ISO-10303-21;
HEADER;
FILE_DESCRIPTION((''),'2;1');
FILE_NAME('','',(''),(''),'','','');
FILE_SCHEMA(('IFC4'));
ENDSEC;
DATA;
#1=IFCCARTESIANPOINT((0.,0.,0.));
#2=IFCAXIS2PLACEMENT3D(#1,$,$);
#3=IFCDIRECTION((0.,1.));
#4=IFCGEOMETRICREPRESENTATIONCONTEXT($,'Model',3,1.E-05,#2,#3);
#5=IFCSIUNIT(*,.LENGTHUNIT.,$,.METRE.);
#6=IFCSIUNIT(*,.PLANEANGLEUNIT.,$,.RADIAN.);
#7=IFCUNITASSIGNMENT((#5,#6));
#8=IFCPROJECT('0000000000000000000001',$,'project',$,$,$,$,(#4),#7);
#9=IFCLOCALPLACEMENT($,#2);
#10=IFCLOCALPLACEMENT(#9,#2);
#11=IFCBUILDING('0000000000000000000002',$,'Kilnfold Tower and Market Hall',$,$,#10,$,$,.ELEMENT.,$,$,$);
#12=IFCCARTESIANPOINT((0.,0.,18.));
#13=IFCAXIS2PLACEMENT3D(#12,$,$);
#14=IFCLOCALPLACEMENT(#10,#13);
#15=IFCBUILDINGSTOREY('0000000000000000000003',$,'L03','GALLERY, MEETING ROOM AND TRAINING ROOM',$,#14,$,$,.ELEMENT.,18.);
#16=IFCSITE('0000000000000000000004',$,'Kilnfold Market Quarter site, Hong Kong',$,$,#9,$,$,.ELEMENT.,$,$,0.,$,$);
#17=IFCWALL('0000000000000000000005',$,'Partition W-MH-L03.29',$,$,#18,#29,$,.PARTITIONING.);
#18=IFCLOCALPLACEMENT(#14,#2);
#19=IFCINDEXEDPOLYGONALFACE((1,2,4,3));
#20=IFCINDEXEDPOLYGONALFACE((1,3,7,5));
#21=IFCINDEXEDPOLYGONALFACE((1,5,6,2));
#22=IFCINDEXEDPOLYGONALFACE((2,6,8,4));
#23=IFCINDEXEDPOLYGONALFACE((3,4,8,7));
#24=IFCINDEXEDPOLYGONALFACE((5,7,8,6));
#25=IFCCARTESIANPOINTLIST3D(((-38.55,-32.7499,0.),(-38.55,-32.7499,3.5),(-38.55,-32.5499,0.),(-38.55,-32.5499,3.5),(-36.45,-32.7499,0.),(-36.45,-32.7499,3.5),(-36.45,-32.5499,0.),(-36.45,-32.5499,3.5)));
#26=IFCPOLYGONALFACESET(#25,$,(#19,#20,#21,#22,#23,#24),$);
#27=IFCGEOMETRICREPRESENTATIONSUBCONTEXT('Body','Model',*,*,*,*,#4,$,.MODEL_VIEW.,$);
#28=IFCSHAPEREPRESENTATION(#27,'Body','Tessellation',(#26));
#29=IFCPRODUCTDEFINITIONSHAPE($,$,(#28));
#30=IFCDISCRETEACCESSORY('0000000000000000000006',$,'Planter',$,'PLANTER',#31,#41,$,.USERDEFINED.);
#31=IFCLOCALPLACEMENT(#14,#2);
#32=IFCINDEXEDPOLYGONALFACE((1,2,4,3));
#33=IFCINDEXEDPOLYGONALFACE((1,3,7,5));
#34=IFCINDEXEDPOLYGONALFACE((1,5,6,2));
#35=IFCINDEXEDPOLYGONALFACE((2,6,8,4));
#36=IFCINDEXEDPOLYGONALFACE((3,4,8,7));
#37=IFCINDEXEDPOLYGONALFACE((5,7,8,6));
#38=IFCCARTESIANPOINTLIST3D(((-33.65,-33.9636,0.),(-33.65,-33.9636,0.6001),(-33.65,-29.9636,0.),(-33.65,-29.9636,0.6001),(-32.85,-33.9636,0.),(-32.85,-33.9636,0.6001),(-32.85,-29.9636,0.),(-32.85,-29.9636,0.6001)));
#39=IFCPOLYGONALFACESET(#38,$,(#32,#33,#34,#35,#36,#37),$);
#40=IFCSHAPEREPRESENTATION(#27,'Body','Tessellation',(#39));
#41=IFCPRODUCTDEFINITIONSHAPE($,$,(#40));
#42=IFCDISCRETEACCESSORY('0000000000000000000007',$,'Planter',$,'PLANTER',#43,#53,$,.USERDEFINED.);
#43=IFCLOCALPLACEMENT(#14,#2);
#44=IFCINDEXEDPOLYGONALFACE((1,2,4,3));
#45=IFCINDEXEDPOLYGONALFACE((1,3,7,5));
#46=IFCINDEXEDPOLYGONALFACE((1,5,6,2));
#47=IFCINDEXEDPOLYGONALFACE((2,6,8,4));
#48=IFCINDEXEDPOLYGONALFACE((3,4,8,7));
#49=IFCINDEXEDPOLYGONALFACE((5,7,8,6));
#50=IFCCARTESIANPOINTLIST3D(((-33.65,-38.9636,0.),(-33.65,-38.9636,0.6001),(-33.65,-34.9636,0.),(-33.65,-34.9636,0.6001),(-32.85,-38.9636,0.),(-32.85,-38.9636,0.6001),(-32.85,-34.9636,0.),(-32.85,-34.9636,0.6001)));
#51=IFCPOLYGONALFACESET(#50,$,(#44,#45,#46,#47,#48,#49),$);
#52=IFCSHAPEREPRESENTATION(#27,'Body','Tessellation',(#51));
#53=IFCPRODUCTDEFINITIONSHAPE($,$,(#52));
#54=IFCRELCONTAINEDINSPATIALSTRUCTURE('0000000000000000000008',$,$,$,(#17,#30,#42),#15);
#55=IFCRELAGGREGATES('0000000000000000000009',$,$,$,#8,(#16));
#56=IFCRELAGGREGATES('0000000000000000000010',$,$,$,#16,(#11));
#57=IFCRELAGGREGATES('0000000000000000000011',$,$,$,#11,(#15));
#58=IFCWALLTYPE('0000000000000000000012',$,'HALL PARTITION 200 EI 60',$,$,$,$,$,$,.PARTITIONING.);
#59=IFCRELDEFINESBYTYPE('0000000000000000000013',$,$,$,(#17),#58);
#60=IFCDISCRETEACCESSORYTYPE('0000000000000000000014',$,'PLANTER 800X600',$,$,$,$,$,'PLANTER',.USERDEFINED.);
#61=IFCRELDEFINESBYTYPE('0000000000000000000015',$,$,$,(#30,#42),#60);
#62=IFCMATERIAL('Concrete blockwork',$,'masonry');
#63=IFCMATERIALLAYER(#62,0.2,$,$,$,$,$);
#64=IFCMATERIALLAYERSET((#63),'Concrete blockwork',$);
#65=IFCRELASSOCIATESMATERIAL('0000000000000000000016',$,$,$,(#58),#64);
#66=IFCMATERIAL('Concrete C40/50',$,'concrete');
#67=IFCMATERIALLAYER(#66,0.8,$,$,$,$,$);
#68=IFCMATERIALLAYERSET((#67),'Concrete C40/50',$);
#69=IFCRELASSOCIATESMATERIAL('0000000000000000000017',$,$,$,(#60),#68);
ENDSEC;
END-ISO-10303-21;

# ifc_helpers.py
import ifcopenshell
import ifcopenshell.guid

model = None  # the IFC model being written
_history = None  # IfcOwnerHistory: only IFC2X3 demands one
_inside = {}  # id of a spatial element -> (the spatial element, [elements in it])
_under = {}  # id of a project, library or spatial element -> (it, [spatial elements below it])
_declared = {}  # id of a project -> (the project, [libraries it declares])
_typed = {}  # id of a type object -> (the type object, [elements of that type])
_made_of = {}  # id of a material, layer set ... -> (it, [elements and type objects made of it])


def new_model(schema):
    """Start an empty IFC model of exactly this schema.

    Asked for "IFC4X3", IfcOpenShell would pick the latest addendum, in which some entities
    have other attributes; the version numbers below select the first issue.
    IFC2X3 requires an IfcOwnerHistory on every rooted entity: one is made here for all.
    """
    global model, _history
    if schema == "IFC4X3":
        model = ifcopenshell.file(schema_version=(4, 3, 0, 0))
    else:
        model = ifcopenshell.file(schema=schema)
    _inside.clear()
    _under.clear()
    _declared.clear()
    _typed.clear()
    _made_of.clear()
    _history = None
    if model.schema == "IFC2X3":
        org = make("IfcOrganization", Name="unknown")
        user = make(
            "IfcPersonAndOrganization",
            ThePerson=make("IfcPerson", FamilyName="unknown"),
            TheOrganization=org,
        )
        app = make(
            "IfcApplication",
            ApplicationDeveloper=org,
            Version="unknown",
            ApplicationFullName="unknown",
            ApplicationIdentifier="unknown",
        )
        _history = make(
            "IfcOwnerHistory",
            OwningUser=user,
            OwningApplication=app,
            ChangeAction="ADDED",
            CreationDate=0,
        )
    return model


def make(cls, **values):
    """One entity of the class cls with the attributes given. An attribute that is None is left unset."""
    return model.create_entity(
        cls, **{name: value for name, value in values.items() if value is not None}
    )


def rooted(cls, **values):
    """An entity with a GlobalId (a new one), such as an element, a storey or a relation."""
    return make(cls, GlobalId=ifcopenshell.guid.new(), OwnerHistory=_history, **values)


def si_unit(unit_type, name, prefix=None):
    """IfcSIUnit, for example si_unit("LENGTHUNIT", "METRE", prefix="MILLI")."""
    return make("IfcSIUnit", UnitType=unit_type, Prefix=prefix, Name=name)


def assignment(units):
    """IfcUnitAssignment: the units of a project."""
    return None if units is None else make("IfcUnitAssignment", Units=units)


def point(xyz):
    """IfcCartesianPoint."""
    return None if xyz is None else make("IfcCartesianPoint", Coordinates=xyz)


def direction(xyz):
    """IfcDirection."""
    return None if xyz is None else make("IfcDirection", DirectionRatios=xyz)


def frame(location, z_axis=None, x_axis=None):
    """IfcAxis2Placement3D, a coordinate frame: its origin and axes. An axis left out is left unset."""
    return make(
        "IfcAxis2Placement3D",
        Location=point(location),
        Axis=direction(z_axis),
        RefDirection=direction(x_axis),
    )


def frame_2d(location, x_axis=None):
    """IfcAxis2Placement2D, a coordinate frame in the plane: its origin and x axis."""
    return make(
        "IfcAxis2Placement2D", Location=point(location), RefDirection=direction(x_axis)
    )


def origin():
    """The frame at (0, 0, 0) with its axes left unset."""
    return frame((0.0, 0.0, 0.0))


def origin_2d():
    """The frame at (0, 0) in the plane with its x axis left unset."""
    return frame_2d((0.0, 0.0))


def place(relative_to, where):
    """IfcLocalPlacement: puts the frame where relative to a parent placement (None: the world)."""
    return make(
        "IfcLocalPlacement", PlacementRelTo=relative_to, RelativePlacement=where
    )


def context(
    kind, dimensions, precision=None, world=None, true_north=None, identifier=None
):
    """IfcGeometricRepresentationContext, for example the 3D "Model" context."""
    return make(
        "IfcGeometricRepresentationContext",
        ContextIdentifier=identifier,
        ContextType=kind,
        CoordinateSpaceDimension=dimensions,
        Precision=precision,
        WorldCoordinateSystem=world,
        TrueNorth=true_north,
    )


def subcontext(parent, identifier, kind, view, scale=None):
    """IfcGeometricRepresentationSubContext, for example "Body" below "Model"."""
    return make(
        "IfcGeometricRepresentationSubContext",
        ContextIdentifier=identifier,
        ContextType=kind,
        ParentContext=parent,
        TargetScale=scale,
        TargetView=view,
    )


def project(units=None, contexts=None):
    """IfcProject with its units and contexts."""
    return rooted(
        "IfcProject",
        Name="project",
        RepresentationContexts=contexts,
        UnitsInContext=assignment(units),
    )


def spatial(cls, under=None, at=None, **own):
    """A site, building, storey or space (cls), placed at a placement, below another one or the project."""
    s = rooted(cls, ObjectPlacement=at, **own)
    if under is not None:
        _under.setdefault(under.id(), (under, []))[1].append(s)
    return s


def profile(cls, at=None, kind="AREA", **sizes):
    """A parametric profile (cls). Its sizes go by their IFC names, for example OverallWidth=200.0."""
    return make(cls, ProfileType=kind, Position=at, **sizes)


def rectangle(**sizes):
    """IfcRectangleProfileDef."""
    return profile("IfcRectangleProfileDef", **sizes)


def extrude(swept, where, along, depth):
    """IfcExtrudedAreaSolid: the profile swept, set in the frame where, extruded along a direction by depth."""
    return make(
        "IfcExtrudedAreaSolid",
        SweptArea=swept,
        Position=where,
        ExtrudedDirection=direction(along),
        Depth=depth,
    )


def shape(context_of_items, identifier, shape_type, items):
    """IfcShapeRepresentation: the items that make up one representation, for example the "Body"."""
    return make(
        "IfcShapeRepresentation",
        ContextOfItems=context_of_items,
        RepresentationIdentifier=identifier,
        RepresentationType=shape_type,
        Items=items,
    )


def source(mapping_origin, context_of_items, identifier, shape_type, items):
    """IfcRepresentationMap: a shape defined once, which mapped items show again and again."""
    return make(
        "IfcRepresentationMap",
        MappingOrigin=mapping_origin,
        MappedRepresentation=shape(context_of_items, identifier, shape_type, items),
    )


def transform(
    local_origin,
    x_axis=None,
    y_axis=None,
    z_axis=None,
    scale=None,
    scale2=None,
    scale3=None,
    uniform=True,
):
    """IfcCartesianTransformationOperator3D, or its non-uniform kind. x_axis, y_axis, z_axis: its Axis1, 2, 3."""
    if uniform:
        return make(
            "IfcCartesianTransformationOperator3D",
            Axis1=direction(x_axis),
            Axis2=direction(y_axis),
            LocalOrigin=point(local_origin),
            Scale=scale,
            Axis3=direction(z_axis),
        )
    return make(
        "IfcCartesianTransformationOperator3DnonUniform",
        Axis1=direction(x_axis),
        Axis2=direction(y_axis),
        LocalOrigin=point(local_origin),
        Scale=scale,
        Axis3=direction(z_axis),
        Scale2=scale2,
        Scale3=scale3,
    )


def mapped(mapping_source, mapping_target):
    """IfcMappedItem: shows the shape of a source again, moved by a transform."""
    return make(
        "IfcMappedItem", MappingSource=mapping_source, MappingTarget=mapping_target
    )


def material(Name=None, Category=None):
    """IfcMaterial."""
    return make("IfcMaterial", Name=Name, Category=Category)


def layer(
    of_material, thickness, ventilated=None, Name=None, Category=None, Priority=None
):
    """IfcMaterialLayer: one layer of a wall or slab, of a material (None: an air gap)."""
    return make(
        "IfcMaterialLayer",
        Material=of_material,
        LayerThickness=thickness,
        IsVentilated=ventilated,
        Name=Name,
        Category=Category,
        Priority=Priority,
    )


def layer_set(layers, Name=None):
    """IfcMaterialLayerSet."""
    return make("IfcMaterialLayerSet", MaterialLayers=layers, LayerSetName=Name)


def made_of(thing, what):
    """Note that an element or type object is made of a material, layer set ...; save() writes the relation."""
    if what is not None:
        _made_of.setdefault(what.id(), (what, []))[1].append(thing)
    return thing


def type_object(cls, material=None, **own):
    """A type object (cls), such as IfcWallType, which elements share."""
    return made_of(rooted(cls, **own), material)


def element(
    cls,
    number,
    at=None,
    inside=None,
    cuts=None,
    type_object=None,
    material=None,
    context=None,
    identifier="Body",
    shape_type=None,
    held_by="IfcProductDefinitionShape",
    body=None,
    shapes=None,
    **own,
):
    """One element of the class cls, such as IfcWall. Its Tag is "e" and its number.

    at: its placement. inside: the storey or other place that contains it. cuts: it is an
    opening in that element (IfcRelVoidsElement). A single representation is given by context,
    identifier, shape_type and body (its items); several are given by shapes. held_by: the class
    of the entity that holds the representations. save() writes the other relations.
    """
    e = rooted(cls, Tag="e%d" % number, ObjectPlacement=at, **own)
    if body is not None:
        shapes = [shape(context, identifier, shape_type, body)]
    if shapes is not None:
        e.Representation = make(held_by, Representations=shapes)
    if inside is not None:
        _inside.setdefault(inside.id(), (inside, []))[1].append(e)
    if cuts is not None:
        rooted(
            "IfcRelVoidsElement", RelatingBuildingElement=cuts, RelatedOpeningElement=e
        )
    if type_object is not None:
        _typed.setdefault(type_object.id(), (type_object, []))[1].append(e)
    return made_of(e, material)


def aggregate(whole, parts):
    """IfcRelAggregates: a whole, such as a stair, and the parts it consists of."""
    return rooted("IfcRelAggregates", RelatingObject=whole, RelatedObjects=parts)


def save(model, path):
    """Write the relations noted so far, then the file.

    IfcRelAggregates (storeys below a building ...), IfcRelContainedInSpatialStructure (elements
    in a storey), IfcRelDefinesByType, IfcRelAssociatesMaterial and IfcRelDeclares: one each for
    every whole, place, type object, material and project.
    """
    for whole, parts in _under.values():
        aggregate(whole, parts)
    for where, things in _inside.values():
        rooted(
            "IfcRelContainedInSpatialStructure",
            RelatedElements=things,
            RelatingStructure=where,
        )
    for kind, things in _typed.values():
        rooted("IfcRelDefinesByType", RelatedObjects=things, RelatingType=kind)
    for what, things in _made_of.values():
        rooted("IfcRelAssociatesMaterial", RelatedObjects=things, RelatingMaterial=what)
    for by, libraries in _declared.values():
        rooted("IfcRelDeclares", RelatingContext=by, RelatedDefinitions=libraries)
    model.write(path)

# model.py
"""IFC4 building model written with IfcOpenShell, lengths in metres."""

from ifc_helpers import new_model, si_unit, direction, frame, frame_2d, origin, origin_2d, place, context, subcontext, project, spatial, rectangle, extrude, source, transform, mapped, material, layer, layer_set, type_object, element, save


model = new_model("IFC4")

# Units and contexts
model_context = context("Model", 3, precision=1e-05, world=origin(), true_north=direction((0.0, 1.0)))
body_context = subcontext(model_context, "Body", "Model", "MODEL_VIEW")
ifc_project = project(units=[si_unit("LENGTHUNIT", "METRE"), si_unit("PLANEANGLEUNIT", "RADIAN")], contexts=[model_context])

# Site, building, storey
site_placement = place(None, origin())
site = spatial("IfcSite", under=ifc_project, at=site_placement, Name="Kilnfold Market Quarter site, Hong Kong", CompositionType="ELEMENT", RefElevation=0.0)
building_placement = place(site_placement, origin())
building = spatial("IfcBuilding", under=site, at=building_placement, Name="Kilnfold Tower and Market Hall", CompositionType="ELEMENT")
storey_placement = place(building_placement, frame((0.0, 0.0, 18.0)))
storey = spatial("IfcBuildingStorey", under=building, at=storey_placement, Name="L03", Description="GALLERY, MEETING ROOM AND TRAINING ROOM", CompositionType="ELEMENT", Elevation=18.0)

# Shared definitions
ifc_material_1 = material(Name="Concrete blockwork", Category="masonry")
ifc_layer_1 = layer(ifc_material_1, 0.2)
ifc_layer_set_1 = layer_set([ifc_layer_1], Name="Concrete blockwork")
wall_type_1 = type_object("IfcWallType", Name="HALL PARTITION 200 EI 60", PredefinedType="PARTITIONING", material=ifc_layer_set_1)

# Wall
shared_shape_1 = source(origin(), body_context, "Body", "SweptSolid", [
    extrude(rectangle(XDim=2.1001, YDim=0.2, at=frame_2d((1.05, 0.0))), origin(), (0.0, 0.0, 1.0), 3.5),
])
wall_1_placement = place(storey_placement, frame((-36.45, -32.6499, 0.0), z_axis=(0.0, 0.0, 1.0), x_axis=(-1.0, 0.0, 0.0)))
element("IfcWall", 1, at=wall_1_placement, inside=storey, type_object=wall_type_1, Name="Partition W-MH-L03.29", PredefinedType="PARTITIONING", context=body_context, shape_type="MappedRepresentation", body=[
    mapped(shared_shape_1, transform((0.0, 0.0, 0.0))),
])

# Discrete accessories
ifc_material_2 = material(Name="Concrete C40/50", Category="concrete")
ifc_layer_2 = layer(ifc_material_2, 0.8)
ifc_layer_set_2 = layer_set([ifc_layer_2], Name="Concrete C40/50")
discrete_accessory_type = type_object("IfcDiscreteAccessoryType", Name="PLANTER 800X600", ElementType="PLANTER", PredefinedType="USERDEFINED", material=ifc_layer_set_2)
shared_shape_2 = source(origin(), body_context, "Body", "SweptSolid", [
    extrude(rectangle(XDim=4.0, YDim=0.8, at=origin_2d()), origin(), (0.0, 0.0, 1.0), 0.6001),
])
for number, where, z_axis, x_axis, name in (
    (2, (-33.25, -31.9636, 0.0), (0.0, 0.0, 1.0), (0.0, -1.0, 0.0), "Planter"),
    (3, (-33.25, -36.9636, 0.0), (0.0, 0.0, 1.0), (0.0, -1.0, 0.0), "Planter"),
):
    element("IfcDiscreteAccessory", number, at=place(storey_placement, frame(where, z_axis=z_axis, x_axis=x_axis)), inside=storey, type_object=discrete_accessory_type, Name=name, ObjectType="PLANTER", PredefinedType="USERDEFINED", context=body_context, shape_type="MappedRepresentation", body=[
        mapped(shared_shape_2, transform((0.0, 0.0, 0.0))),
    ])

save(model, "model.ifc")
